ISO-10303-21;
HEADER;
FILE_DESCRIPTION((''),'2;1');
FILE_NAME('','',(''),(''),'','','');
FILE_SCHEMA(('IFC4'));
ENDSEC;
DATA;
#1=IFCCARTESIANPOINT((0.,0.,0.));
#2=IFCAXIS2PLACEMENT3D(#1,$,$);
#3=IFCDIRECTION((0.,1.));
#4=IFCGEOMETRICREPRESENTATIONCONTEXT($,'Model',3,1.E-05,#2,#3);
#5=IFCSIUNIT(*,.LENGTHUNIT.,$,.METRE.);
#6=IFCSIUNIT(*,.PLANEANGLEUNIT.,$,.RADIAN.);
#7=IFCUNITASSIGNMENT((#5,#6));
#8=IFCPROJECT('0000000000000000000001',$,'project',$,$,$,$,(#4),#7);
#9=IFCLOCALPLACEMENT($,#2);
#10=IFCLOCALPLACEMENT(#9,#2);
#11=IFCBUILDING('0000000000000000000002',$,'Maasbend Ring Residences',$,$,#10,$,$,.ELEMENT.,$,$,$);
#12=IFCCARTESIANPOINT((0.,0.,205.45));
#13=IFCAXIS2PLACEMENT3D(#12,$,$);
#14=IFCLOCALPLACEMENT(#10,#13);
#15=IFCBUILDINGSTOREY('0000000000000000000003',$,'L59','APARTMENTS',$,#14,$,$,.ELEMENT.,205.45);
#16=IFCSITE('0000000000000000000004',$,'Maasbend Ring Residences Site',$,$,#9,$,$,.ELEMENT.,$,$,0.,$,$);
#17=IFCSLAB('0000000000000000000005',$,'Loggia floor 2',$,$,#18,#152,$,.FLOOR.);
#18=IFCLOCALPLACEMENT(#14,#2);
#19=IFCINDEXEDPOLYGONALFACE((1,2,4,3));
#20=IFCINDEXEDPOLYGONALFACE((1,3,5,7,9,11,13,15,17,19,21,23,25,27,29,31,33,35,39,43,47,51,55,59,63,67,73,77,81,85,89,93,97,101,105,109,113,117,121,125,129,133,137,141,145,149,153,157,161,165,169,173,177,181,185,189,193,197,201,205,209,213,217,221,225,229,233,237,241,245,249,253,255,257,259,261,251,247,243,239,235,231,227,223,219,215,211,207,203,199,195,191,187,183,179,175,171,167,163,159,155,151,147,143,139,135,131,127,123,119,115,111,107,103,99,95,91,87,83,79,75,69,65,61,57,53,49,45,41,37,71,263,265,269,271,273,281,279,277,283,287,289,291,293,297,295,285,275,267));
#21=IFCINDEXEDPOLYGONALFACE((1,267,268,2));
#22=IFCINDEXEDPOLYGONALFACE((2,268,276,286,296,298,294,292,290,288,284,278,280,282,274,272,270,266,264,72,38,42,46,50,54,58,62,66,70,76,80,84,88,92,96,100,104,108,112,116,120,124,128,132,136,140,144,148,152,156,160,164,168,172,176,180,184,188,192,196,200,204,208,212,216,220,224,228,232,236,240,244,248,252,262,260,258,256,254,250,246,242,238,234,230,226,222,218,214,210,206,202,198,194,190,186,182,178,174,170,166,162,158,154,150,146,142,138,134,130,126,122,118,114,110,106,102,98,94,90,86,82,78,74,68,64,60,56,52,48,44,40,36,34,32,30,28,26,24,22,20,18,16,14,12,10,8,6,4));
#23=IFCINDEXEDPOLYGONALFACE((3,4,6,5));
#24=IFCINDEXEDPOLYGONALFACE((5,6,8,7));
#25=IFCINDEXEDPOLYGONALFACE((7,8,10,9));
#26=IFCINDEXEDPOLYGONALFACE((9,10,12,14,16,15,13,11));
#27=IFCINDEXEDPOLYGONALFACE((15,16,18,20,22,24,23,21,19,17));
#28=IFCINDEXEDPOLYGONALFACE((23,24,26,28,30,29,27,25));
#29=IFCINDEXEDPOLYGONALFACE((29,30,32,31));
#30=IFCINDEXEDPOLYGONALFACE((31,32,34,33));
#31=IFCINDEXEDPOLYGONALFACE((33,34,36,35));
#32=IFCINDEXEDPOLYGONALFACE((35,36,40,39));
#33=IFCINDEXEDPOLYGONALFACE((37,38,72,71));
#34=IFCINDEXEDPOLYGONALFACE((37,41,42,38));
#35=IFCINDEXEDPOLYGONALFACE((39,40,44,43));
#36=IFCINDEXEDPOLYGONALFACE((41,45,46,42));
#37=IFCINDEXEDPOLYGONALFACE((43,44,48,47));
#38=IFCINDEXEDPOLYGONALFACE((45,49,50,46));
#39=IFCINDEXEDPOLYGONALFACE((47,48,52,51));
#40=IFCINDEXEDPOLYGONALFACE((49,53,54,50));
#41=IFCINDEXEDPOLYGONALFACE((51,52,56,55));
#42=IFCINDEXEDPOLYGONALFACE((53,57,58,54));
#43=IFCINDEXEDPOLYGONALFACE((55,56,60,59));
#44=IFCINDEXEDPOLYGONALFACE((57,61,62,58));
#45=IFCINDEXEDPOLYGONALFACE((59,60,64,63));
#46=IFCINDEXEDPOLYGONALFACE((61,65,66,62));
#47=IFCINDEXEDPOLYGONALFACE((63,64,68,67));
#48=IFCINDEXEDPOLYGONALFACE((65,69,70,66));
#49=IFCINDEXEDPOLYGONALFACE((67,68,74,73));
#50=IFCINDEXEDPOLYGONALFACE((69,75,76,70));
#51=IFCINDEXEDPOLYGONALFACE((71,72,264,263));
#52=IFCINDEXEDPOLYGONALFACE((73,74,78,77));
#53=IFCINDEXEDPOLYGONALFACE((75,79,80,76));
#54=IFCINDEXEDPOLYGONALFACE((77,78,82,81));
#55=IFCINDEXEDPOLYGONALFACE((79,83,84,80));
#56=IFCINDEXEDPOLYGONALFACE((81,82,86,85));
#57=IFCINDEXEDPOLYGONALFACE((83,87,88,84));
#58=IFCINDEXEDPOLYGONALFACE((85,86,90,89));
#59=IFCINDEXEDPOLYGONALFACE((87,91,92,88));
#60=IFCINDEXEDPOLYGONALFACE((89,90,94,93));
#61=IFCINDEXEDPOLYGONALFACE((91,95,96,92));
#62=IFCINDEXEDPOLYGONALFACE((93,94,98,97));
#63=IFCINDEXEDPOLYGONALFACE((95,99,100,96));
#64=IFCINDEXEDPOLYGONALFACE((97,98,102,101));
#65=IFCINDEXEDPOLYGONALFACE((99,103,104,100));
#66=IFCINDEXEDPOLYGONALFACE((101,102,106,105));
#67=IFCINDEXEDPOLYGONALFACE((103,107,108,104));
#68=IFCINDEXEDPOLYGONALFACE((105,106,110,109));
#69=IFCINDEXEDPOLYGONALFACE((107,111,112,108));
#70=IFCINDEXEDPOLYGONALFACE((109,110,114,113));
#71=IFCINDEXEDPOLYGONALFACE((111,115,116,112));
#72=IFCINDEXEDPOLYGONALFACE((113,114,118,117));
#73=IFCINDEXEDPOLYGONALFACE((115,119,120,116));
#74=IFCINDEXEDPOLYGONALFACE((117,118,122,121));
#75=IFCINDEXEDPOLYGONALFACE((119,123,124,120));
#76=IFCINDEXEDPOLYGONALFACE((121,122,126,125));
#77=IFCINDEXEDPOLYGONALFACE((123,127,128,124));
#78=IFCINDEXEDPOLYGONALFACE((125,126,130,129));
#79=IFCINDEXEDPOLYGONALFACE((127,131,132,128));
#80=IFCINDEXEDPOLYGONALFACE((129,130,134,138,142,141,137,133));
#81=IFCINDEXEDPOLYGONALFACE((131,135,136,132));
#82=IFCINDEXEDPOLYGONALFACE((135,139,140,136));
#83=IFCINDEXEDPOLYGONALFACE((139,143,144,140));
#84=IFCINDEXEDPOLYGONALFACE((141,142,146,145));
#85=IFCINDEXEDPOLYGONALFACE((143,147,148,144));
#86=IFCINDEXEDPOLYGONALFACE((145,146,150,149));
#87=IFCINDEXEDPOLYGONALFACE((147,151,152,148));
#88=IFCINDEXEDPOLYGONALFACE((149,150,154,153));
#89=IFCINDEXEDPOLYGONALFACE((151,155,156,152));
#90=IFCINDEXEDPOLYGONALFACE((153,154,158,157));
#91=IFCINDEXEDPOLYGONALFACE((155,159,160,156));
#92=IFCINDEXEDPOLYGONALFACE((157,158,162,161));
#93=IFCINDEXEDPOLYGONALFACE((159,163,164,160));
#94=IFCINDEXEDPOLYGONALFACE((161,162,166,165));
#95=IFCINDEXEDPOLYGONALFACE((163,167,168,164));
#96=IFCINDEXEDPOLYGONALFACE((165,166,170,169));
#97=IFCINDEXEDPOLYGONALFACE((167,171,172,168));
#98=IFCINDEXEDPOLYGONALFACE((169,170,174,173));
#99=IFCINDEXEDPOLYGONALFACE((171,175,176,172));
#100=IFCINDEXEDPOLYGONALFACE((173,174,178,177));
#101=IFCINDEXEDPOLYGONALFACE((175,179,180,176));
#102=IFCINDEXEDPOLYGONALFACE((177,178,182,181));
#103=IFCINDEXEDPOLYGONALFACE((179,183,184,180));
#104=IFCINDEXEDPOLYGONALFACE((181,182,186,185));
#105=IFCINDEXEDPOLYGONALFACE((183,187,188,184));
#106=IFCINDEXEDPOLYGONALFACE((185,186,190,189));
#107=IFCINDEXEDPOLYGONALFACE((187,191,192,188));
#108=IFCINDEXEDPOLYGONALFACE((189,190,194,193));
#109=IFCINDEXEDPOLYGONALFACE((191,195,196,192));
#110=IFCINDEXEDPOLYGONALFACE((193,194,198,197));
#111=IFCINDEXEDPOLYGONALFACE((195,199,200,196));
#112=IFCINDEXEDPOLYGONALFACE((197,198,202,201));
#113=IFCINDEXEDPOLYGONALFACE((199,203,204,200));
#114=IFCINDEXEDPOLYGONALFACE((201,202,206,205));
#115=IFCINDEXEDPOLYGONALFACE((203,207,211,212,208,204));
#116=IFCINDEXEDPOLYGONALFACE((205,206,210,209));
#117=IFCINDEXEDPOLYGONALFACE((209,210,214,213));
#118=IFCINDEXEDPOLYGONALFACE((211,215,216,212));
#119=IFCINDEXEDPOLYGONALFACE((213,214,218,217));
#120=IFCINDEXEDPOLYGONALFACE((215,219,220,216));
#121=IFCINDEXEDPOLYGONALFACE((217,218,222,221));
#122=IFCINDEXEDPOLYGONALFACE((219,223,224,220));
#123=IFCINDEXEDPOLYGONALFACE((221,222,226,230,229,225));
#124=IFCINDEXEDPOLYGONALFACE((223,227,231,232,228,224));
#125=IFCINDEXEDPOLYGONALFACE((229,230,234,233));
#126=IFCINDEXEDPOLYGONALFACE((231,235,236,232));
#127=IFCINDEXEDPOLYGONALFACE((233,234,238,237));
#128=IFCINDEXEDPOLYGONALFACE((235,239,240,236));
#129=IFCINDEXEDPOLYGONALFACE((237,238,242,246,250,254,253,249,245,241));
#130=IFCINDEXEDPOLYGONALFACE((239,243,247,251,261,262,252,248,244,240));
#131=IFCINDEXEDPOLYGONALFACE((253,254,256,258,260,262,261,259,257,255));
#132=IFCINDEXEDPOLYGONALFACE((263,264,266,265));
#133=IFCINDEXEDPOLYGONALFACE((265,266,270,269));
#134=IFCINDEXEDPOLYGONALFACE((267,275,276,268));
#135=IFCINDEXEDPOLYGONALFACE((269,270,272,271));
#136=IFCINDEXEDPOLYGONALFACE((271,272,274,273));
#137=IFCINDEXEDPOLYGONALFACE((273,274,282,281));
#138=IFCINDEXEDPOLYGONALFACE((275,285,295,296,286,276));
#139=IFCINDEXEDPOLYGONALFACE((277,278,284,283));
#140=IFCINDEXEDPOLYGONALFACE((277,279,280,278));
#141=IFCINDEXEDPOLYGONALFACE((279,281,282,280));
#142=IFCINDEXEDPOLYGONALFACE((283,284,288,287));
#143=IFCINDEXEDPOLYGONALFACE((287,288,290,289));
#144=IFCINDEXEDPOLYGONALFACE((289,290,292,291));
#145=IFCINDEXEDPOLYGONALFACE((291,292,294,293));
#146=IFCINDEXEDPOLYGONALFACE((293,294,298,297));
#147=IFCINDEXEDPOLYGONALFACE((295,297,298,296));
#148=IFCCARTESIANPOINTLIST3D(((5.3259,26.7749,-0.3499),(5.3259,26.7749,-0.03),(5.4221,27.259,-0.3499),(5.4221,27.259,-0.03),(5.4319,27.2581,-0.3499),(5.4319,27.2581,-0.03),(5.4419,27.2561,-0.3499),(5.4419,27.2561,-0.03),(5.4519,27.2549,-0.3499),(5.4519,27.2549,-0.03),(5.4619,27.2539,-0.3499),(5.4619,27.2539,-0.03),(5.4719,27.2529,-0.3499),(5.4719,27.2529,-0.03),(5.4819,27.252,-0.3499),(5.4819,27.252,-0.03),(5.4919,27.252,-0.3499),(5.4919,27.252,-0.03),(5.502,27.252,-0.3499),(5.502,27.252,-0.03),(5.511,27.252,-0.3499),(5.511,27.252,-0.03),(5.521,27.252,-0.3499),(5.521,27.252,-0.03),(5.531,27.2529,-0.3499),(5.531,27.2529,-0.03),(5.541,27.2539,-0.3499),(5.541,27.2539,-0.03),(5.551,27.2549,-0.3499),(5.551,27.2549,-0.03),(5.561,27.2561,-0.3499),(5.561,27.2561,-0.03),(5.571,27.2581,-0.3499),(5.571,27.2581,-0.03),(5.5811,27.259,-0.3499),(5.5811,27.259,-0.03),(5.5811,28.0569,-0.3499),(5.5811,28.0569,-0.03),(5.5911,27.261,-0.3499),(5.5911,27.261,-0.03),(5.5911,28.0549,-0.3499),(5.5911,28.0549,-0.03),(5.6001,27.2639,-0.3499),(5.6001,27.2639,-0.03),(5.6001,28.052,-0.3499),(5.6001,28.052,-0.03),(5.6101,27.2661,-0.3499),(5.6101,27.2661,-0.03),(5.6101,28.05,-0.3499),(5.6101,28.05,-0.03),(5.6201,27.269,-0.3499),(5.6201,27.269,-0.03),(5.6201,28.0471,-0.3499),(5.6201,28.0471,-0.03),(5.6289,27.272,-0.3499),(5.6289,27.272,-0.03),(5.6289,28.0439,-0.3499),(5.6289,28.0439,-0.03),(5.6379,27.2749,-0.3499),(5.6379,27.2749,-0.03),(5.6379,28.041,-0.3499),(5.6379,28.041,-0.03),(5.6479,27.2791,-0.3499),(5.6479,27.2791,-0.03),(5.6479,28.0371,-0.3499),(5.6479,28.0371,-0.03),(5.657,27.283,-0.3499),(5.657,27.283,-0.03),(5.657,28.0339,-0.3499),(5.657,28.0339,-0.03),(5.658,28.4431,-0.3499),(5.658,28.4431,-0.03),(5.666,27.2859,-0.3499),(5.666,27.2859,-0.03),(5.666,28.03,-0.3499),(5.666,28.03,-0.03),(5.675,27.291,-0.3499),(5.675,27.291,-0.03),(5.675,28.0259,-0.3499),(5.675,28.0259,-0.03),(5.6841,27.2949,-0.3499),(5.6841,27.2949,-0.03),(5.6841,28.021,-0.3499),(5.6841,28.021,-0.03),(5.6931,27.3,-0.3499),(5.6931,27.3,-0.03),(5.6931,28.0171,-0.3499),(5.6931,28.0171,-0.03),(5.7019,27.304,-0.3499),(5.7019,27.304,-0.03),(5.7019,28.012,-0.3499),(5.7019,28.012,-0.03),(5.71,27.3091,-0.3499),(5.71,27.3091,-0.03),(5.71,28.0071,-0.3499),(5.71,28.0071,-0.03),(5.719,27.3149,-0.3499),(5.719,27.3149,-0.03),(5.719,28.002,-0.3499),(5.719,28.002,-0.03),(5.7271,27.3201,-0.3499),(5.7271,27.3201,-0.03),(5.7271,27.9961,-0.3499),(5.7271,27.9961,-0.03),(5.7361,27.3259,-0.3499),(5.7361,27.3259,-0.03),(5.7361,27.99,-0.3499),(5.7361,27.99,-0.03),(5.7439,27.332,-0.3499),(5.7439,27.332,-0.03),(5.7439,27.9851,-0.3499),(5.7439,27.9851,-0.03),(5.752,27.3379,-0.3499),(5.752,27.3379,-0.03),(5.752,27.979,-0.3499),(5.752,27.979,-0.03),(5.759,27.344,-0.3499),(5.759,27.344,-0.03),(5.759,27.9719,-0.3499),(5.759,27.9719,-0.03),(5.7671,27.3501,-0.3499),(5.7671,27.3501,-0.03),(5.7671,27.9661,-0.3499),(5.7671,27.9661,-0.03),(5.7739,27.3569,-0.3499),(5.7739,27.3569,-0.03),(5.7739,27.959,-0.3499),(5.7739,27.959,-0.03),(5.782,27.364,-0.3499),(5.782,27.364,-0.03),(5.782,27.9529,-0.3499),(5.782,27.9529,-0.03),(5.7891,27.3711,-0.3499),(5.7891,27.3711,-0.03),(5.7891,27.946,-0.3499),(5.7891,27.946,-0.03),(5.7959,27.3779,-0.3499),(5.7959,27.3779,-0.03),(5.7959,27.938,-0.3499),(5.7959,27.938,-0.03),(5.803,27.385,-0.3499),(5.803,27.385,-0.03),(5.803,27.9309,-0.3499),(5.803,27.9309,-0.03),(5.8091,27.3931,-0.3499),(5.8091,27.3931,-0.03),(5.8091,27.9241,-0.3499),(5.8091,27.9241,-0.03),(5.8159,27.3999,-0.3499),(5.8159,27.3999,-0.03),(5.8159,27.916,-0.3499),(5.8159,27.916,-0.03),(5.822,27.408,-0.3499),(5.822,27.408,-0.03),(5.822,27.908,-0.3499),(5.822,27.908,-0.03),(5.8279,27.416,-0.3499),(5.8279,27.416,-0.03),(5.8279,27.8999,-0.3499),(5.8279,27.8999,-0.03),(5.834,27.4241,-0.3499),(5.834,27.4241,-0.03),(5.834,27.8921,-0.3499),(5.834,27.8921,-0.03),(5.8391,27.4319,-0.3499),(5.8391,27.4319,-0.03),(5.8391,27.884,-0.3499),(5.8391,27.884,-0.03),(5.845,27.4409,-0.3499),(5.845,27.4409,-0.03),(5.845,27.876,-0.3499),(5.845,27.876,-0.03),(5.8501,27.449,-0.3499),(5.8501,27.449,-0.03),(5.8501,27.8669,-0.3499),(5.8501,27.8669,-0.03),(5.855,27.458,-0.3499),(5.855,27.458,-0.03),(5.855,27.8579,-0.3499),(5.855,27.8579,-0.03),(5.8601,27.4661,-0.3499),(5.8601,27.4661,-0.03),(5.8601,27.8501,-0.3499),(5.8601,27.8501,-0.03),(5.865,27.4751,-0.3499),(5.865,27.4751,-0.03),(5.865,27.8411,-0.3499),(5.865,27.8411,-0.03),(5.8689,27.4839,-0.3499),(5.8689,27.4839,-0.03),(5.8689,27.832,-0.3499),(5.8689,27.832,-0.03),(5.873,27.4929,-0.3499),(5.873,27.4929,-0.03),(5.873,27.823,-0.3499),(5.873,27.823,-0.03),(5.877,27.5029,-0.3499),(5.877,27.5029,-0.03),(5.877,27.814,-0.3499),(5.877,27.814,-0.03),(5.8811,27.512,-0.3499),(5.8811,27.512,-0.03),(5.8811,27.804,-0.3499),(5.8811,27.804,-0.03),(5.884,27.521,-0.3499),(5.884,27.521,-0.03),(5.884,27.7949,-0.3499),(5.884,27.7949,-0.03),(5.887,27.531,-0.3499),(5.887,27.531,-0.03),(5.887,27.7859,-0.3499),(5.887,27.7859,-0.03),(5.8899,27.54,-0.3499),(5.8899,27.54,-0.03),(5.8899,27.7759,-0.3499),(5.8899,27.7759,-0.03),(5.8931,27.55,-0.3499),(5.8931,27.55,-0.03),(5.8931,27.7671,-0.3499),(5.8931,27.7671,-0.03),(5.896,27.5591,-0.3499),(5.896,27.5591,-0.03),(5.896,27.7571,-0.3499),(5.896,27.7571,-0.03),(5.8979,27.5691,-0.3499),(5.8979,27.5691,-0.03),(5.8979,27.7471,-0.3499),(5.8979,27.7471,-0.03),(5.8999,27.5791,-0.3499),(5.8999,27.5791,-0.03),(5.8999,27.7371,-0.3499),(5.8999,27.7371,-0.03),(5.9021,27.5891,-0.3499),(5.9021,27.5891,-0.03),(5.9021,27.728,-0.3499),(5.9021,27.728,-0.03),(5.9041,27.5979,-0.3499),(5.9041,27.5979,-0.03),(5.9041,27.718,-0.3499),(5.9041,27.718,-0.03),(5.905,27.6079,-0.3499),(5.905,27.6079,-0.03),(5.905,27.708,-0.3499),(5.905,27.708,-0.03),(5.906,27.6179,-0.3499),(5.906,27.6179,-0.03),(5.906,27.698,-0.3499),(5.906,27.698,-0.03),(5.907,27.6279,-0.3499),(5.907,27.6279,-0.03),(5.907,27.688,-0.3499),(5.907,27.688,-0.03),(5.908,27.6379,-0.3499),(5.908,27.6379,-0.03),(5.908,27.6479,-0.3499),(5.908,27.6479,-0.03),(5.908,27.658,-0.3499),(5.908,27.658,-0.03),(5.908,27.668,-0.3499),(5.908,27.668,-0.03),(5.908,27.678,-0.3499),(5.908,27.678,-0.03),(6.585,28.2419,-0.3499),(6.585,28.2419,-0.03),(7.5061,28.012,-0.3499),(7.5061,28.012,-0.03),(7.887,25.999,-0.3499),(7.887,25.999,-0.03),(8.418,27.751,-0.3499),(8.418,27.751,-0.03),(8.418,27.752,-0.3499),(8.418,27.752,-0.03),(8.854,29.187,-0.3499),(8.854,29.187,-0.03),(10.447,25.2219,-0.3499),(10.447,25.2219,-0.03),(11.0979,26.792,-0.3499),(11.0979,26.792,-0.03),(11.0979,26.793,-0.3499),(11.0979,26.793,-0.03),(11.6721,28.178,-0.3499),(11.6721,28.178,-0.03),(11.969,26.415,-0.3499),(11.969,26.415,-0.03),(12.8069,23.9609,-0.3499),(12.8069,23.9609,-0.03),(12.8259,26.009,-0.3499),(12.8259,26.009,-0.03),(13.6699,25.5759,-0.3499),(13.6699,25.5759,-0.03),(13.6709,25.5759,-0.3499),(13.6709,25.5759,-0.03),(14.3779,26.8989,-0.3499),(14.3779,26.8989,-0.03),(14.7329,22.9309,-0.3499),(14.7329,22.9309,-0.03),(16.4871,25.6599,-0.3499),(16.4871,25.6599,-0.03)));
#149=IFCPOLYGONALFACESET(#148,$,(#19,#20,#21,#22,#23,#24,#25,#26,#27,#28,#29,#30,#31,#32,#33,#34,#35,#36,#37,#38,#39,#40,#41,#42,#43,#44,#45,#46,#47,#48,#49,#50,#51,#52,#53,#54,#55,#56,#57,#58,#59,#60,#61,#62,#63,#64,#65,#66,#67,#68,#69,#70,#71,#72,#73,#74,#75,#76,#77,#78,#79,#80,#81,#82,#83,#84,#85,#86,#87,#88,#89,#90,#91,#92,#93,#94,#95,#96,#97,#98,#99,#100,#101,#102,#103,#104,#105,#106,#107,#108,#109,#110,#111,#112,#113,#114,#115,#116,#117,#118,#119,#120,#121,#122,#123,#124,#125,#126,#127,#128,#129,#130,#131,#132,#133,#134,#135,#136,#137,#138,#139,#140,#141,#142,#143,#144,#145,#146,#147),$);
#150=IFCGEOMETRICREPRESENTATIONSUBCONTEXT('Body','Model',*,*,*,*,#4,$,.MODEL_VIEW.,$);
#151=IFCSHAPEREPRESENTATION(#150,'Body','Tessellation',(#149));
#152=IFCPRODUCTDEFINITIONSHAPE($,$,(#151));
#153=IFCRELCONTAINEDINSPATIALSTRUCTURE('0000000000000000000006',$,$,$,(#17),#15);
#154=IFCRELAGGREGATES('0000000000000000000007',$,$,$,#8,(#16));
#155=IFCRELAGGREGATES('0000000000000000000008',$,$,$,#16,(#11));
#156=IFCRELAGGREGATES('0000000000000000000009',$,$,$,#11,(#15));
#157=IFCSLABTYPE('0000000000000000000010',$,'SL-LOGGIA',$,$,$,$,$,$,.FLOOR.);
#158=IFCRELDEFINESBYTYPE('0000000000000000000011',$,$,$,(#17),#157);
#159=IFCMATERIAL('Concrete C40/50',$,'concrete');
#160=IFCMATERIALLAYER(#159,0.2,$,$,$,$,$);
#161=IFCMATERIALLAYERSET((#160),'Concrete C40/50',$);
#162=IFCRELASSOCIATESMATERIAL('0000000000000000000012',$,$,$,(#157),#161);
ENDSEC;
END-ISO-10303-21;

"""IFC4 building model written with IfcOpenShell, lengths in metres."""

from ifc_helpers import new_model, si_unit, direction, frame, origin, place, context, subcontext, project, spatial, polyline, outline, extrude, material, layer, layer_set, type_object, element, save


model = new_model("IFC4")

# Units and contexts
model_context = context("Model", 3, precision=1e-05, world=origin(), true_north=direction((0.0, 1.0)))
body_context = subcontext(model_context, "Body", "Model", "MODEL_VIEW")
ifc_project = project(units=[si_unit("LENGTHUNIT", "METRE"), si_unit("PLANEANGLEUNIT", "RADIAN")], contexts=[model_context])

# Site, building, storey
site_placement = place(None, origin())
site = spatial("IfcSite", under=ifc_project, at=site_placement, Name="Maasbend Ring Residences Site", CompositionType="ELEMENT", RefElevation=0.0)
building_placement = place(site_placement, origin())
building = spatial("IfcBuilding", under=site, at=building_placement, Name="Maasbend Ring Residences", CompositionType="ELEMENT")
storey_placement = place(building_placement, frame((0.0, 0.0, 205.45)))
storey = spatial("IfcBuildingStorey", under=building, at=storey_placement, Name="L59", Description="APARTMENTS", CompositionType="ELEMENT", Elevation=205.45)

# Slab
ifc_material_1 = material(Name="Concrete C40/50", Category="concrete")
ifc_layer_1 = layer(ifc_material_1, 0.2)
ifc_layer_set_1 = layer_set([ifc_layer_1], Name="Concrete C40/50")
slab_type_1 = type_object("IfcSlabType", Name="SL-LOGGIA", PredefinedType="FLOOR", material=ifc_layer_set_1)
slab_1_placement = place(storey_placement, frame((0.0, 0.0, -0.3499)))
element("IfcSlab", 1, at=slab_1_placement, inside=storey, type_object=slab_type_1, Name="Loggia floor 2", PredefinedType="FLOOR", context=body_context, shape_type="SweptSolid", body=[
    extrude(outline(polyline([(5.4519, 27.2549), (5.4619, 27.2539), (5.4719, 27.2529), (5.4819, 27.252), (5.4919, 27.252), (5.502, 27.252), (5.511, 27.252), (5.521, 27.252), (5.531, 27.2529), (5.541, 27.2539), (5.551, 27.2549), (5.561, 27.2561), (5.571, 27.2581), (5.5811, 27.259), (5.5911, 27.261), (5.6001, 27.2639), (5.6101, 27.2661), (5.6201, 27.269), (5.6289, 27.272), (5.6379, 27.2749), (5.6479, 27.2791), (5.657, 27.283), (5.666, 27.2859), (5.675, 27.291), (5.6841, 27.2949), (5.6931, 27.3), (5.7019, 27.304), (5.71, 27.3091), (5.719, 27.3149), (5.7271, 27.3201), (5.7361, 27.3259), (5.7439, 27.332), (5.752, 27.3379), (5.759, 27.344), (5.7671, 27.3501), (5.7739, 27.3569), (5.782, 27.364), (5.7891, 27.3711), (5.7959, 27.3779), (5.803, 27.385), (5.8091, 27.3931), (5.8159, 27.3999), (5.822, 27.408), (5.8279, 27.416), (5.834, 27.4241), (5.8391, 27.4319), (5.845, 27.4409), (5.8501, 27.449), (5.855, 27.458), (5.8601, 27.4661), (5.865, 27.4751), (5.8689, 27.4839), (5.873, 27.4929), (5.877, 27.5029), (5.8811, 27.512), (5.884, 27.521), (5.887, 27.531), (5.8899, 27.54), (5.8931, 27.55), (5.896, 27.5591), (5.8979, 27.5691), (5.8999, 27.5791), (5.9021, 27.5891), (5.9041, 27.5979), (5.905, 27.6079), (5.906, 27.6179), (5.907, 27.6279), (5.908, 27.6379), (5.908, 27.6479), (5.908, 27.658), (5.908, 27.668), (5.908, 27.678), (5.907, 27.688), (5.906, 27.698), (5.905, 27.708), (5.9041, 27.718), (5.9021, 27.728), (5.8999, 27.7371), (5.8979, 27.7471), (5.896, 27.7571), (5.8931, 27.7671), (5.8899, 27.7759), (5.887, 27.7859), (5.884, 27.7949), (5.8811, 27.804), (5.877, 27.814), (5.873, 27.823), (5.8689, 27.832), (5.865, 27.8411), (5.8601, 27.8501), (5.855, 27.8579), (5.8501, 27.8669), (5.845, 27.876), (5.8391, 27.884), (5.834, 27.8921), (5.8279, 27.8999), (5.822, 27.908), (5.8159, 27.916), (5.8091, 27.9241), (5.803, 27.9309), (5.7959, 27.938), (5.7891, 27.946), (5.782, 27.9529), (5.7739, 27.959), (5.7671, 27.9661), (5.759, 27.9719), (5.752, 27.979), (5.7439, 27.9851), (5.7361, 27.99), (5.7271, 27.9961), (5.719, 28.002), (5.71, 28.0071), (5.7019, 28.012), (5.6931, 28.0171), (5.6841, 28.021), (5.675, 28.0259), (5.666, 28.03), (5.657, 28.0339), (5.6479, 28.0371), (5.6379, 28.041), (5.6289, 28.0439), (5.6201, 28.0471), (5.6101, 28.05), (5.6001, 28.052), (5.5911, 28.0549), (5.5811, 28.0569), (5.658, 28.4431), (5.658, 28.4431), (5.658, 28.4431), (6.585, 28.2419), (6.585, 28.2419), (7.5061, 28.012), (7.5061, 28.012), (8.418, 27.751), (8.418, 27.751), (8.418, 27.751), (8.418, 27.751), (8.418, 27.751), (8.418, 27.751), (8.418, 27.751), (8.418, 27.751), (8.418, 27.751), (8.418, 27.751), (8.418, 27.752), (8.418, 27.752), (8.418, 27.752), (8.418, 27.752), (8.418, 27.752), (8.418, 27.752), (8.418, 27.752), (8.854, 29.187), (8.854, 29.187), (8.854, 29.187), (11.6721, 28.178), (11.6721, 28.178), (11.6721, 28.178), (11.0979, 26.793), (11.0979, 26.793), (11.0979, 26.793), (11.0979, 26.793), (11.0979, 26.793), (11.0979, 26.793), (11.0979, 26.793), (11.0979, 26.793), (11.0979, 26.793), (11.0979, 26.793), (11.0979, 26.792), (11.0979, 26.792), (11.0979, 26.792), (11.0979, 26.792), (11.0979, 26.792), (11.0979, 26.792), (11.0979, 26.792), (11.969, 26.415), (11.969, 26.415), (12.8259, 26.009), (12.8259, 26.009), (13.6699, 25.5759), (13.6699, 25.5759), (13.6699, 25.5759), (13.6699, 25.5759), (13.6699, 25.5759), (13.6699, 25.5759), (13.6699, 25.5759), (13.6699, 25.5759), (13.6699, 25.5759), (13.6699, 25.5759), (13.6709, 25.5759), (13.6709, 25.5759), (13.6709, 25.5759), (13.6709, 25.5759), (13.6709, 25.5759), (13.6709, 25.5759), (13.6709, 25.5759), (14.3779, 26.8989), (14.3779, 26.8989), (14.3779, 26.8989), (16.4871, 25.6599), (16.4871, 25.6599), (16.4871, 25.6599), (14.7329, 22.9309), (14.7329, 22.9309), (14.7329, 22.9309), (12.8069, 23.9609), (10.447, 25.2219), (10.447, 25.2219), (10.447, 25.2219), (7.887, 25.999), (5.3259, 26.7749), (5.3259, 26.7749), (5.3259, 26.7749), (5.4221, 27.259), (5.4319, 27.2581), (5.4419, 27.2561), (5.4519, 27.2549)])), origin(), (0.0, 0.0, 1.0), 0.3198),
])

save(model, "model.ifc")
